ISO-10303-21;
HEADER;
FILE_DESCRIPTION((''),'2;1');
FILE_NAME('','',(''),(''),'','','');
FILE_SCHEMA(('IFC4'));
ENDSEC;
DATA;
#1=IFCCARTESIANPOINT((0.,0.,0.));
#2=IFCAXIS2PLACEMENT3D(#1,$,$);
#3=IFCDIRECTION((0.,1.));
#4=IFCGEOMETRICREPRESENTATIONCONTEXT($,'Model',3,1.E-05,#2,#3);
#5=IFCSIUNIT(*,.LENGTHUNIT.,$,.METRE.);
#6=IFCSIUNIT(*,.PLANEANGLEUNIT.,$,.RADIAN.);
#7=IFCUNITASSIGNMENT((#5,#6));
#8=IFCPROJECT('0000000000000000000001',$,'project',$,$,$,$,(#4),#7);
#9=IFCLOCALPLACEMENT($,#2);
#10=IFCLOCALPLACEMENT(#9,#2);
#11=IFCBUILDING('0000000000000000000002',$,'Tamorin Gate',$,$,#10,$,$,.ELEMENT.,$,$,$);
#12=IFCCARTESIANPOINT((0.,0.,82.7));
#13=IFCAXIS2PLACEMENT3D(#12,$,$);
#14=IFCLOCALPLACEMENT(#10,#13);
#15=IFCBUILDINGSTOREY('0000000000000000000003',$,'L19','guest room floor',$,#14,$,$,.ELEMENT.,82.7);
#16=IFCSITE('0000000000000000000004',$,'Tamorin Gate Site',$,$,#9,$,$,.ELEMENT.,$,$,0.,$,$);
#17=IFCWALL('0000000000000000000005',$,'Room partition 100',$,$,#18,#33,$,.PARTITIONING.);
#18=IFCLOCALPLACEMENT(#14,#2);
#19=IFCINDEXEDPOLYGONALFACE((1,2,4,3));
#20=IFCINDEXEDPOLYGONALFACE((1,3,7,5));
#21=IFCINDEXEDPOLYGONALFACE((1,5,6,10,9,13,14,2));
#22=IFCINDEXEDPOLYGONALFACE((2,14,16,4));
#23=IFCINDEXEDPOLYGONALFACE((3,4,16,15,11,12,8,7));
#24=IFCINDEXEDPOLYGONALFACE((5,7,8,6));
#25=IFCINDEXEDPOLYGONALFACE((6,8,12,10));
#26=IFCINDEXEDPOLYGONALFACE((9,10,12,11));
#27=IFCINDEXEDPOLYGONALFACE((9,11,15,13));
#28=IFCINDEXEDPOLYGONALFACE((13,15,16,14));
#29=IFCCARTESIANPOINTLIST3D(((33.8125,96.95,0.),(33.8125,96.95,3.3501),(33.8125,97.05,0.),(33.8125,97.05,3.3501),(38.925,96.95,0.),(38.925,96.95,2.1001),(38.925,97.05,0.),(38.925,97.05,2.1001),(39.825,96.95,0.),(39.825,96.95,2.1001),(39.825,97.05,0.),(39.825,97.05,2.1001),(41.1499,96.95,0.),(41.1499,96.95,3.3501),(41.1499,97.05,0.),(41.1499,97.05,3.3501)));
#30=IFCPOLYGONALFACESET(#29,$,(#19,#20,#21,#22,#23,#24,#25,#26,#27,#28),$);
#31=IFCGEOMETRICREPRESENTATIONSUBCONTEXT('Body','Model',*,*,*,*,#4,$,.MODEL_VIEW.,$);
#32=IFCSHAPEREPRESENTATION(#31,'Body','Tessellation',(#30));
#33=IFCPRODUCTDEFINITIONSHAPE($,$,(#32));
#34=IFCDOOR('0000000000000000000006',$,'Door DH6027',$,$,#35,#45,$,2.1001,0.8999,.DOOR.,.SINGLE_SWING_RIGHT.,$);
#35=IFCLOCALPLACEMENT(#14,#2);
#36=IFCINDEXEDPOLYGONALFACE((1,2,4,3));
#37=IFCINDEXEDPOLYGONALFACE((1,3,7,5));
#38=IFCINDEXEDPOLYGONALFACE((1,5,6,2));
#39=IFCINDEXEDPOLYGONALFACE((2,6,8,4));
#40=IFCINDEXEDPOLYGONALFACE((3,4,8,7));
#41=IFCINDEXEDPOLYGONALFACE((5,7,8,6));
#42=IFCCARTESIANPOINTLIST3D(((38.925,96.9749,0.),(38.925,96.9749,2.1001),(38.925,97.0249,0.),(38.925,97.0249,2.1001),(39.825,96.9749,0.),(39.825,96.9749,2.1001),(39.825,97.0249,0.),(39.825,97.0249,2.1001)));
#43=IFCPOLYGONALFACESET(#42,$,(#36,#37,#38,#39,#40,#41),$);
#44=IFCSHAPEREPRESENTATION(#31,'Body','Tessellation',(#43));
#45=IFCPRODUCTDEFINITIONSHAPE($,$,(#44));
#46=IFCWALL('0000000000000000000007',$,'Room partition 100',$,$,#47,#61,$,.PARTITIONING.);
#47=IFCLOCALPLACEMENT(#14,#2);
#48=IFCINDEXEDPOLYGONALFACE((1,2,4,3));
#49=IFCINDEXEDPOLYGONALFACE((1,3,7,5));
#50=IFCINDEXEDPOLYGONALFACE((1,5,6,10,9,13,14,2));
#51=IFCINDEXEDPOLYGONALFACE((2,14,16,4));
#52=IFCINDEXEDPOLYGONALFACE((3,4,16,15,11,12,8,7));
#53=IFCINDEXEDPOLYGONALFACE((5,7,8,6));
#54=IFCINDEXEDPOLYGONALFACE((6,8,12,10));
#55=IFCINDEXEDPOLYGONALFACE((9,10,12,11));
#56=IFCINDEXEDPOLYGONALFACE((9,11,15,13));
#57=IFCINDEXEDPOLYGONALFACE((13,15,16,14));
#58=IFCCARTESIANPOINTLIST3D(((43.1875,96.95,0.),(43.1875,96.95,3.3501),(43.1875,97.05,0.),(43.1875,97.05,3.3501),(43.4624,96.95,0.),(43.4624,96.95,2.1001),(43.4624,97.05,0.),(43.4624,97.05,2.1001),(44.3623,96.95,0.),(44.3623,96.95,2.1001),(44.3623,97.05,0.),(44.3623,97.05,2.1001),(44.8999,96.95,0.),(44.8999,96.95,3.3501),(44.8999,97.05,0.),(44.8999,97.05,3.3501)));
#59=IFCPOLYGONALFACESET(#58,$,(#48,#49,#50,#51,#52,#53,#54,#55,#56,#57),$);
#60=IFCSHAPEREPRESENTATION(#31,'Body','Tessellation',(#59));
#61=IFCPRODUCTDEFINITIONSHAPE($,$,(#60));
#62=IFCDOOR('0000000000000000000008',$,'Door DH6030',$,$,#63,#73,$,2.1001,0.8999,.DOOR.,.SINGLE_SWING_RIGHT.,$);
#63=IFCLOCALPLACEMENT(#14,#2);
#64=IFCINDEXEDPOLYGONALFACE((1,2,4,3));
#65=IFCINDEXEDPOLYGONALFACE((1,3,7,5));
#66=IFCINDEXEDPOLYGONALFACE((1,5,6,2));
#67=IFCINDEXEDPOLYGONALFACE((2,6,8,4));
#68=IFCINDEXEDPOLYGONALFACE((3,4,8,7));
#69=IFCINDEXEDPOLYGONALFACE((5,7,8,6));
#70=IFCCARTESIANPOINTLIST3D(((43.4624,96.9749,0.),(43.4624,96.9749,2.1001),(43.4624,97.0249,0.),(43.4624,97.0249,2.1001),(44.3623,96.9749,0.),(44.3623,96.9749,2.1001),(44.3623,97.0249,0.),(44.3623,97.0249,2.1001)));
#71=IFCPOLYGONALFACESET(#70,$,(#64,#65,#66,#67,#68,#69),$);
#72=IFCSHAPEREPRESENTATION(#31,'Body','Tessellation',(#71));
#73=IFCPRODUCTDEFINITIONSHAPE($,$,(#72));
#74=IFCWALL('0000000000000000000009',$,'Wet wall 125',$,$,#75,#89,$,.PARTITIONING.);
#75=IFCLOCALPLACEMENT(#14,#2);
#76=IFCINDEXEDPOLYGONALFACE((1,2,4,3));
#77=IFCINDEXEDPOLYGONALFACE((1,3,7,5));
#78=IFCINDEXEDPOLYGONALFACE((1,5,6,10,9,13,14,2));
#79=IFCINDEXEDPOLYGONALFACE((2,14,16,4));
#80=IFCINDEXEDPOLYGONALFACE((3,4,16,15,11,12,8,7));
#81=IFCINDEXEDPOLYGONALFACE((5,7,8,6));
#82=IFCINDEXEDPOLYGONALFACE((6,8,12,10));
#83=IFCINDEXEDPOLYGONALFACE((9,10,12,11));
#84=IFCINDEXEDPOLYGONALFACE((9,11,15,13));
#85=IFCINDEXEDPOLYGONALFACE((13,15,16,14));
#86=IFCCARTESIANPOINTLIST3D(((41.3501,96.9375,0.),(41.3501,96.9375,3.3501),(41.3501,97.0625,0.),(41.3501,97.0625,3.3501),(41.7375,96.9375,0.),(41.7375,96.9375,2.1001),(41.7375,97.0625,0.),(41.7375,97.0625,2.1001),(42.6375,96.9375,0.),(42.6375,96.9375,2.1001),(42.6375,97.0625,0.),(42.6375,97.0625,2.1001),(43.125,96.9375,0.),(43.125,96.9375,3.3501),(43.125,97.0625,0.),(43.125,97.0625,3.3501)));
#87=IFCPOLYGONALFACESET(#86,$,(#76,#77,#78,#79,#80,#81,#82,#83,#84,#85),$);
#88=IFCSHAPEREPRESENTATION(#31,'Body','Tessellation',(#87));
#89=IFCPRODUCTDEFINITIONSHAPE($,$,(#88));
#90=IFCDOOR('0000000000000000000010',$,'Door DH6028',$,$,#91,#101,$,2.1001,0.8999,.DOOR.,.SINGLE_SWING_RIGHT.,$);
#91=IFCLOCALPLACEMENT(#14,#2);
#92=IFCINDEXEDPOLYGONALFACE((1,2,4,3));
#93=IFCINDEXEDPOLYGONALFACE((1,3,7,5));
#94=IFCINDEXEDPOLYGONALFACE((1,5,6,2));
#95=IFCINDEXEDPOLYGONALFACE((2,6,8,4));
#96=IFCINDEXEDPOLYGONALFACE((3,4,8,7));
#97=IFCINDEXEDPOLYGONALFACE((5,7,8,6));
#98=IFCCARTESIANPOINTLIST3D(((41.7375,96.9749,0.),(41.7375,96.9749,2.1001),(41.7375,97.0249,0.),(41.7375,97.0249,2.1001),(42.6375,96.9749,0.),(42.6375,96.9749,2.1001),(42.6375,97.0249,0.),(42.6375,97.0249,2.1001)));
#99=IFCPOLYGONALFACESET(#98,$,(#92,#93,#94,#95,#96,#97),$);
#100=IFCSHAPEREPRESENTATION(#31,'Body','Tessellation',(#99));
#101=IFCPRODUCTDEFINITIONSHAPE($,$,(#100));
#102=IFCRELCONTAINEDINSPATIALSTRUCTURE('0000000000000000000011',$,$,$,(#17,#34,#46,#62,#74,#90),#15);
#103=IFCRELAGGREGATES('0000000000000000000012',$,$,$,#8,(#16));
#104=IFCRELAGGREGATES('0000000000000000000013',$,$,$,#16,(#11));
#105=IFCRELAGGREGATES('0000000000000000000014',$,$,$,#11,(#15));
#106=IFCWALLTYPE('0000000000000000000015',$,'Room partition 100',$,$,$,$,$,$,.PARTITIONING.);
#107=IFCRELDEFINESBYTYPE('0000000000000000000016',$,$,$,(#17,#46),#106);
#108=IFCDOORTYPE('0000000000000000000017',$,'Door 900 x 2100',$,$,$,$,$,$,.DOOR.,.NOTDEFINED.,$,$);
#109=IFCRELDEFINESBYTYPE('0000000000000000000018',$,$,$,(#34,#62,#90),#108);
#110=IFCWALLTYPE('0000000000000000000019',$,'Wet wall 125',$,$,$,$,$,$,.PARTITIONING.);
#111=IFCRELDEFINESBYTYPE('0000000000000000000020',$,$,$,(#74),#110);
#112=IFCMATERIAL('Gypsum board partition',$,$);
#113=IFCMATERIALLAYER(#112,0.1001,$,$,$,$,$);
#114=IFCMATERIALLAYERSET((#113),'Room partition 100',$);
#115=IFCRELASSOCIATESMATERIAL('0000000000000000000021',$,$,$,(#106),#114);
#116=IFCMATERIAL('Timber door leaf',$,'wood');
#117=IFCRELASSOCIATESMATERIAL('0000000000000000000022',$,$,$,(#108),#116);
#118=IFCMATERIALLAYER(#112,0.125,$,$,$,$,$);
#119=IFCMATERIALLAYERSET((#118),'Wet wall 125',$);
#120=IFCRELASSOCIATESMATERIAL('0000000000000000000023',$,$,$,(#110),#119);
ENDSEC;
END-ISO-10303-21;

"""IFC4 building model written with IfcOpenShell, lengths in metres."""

from ifc_helpers import new_model, si_unit, direction, frame, frame_2d, origin, place, context, subcontext, project, spatial, rectangle, extrude, material, layer, layer_set, type_object, element, fill, save


model = new_model("IFC4")

# Units and contexts
model_context = context("Model", 3, precision=1e-05, world=origin(), true_north=direction((0.0, 1.0)))
body_context = subcontext(model_context, "Body", "Model", "MODEL_VIEW")
ifc_project = project(units=[si_unit("LENGTHUNIT", "METRE"), si_unit("PLANEANGLEUNIT", "RADIAN")], contexts=[model_context])

# Site, building, storey
site_placement = place(None, origin())
site = spatial("IfcSite", under=ifc_project, at=site_placement, Name="Tamorin Gate Site", CompositionType="ELEMENT", RefElevation=0.0)
building_placement = place(site_placement, origin())
building = spatial("IfcBuilding", under=site, at=building_placement, Name="Tamorin Gate", CompositionType="ELEMENT")
storey_placement = place(building_placement, frame((0.0, 0.0, 82.7)))
storey = spatial("IfcBuildingStorey", under=building, at=storey_placement, Name="L19", Description="guest room floor", CompositionType="ELEMENT", Elevation=82.7)

# Walls, openings, doors
ifc_material_1 = material(Name="Gypsum board partition")
ifc_layer_1 = layer(ifc_material_1, 0.1001)
ifc_layer_set_1 = layer_set([ifc_layer_1], Name="Room partition 100")
wall_type_1 = type_object("IfcWallType", Name="Room partition 100", PredefinedType="PARTITIONING", material=ifc_layer_set_1)
wall_1_placement = place(storey_placement, frame((33.8125, 97.0, 0.0), z_axis=(0.0, 0.0, 1.0), x_axis=(1.0, 0.0, 0.0)))
wall_1 = element("IfcWall", 1, at=wall_1_placement, inside=storey, type_object=wall_type_1, Name="Room partition 100", PredefinedType="PARTITIONING", context=body_context, shape_type="SweptSolid", body=[
    extrude(rectangle(XDim=7.3374, YDim=0.1001, at=frame_2d((3.6687, 0.0))), origin(), (0.0, 0.0, 1.0), 3.3501),
])
opening_1_placement = place(wall_1_placement, frame((5.1125, 0.0, 0.0)))
opening_1 = element("IfcOpeningElement", 2, at=opening_1_placement, cuts=wall_1, PredefinedType="OPENING", context=body_context, shape_type="SweptSolid", body=[
    extrude(rectangle(XDim=0.8999, YDim=2.1001, at=frame_2d((0.45, 1.05))), frame((0.0, 0.0601, 0.0), z_axis=(0.0, -1.0, 0.0), x_axis=(1.0, 0.0, 0.0)), (0.0, 0.0, 1.0), 0.1201),
])
ifc_material_2 = material(Name="Timber door leaf", Category="wood")
door_type = type_object("IfcDoorType", Name="Door 900 x 2100", OperationType="NOTDEFINED", PredefinedType="DOOR", material=ifc_material_2)
door_1_placement = place(opening_1_placement, origin())
door_1 = element("IfcDoor", 3, at=door_1_placement, inside=storey, type_object=door_type, Name="Door DH6027", OperationType="SINGLE_SWING_RIGHT", OverallHeight=2.1001, OverallWidth=0.8999, PredefinedType="DOOR", context=body_context, shape_type="SweptSolid", body=[
    extrude(rectangle(XDim=0.8999, YDim=2.1001, at=frame_2d((0.45, 1.05))), frame((0.0, 0.0249, 0.0), z_axis=(0.0, -1.0, 0.0), x_axis=(1.0, 0.0, 0.0)), (0.0, 0.0, 1.0), 0.05),
])
fill(opening_1, door_1)
wall_2_placement = place(storey_placement, frame((43.1875, 97.0, 0.0), z_axis=(0.0, 0.0, 1.0), x_axis=(1.0, 0.0, 0.0)))
wall_2 = element("IfcWall", 4, at=wall_2_placement, inside=storey, type_object=wall_type_1, Name="Room partition 100", PredefinedType="PARTITIONING", context=body_context, shape_type="SweptSolid", body=[
    extrude(rectangle(XDim=1.7124, YDim=0.1001, at=frame_2d((0.8562, 0.0))), origin(), (0.0, 0.0, 1.0), 3.3501),
])
opening_2_placement = place(wall_2_placement, frame((0.2749, 0.0, 0.0)))
opening_2 = element("IfcOpeningElement", 5, at=opening_2_placement, cuts=wall_2, PredefinedType="OPENING", context=body_context, shape_type="SweptSolid", body=[
    extrude(rectangle(XDim=0.8999, YDim=2.1001, at=frame_2d((0.45, 1.05))), frame((0.0, 0.0601, 0.0), z_axis=(0.0, -1.0, 0.0), x_axis=(1.0, 0.0, 0.0)), (0.0, 0.0, 1.0), 0.1201),
])
door_2_placement = place(opening_2_placement, origin())
door_2 = element("IfcDoor", 6, at=door_2_placement, inside=storey, type_object=door_type, Name="Door DH6030", OperationType="SINGLE_SWING_RIGHT", OverallHeight=2.1001, OverallWidth=0.8999, PredefinedType="DOOR", context=body_context, shape_type="SweptSolid", body=[
    extrude(rectangle(XDim=0.8999, YDim=2.1001, at=frame_2d((0.45, 1.05))), frame((0.0, 0.0249, 0.0), z_axis=(0.0, -1.0, 0.0), x_axis=(1.0, 0.0, 0.0)), (0.0, 0.0, 1.0), 0.05),
])
fill(opening_2, door_2)
ifc_layer_2 = layer(ifc_material_1, 0.125)
ifc_layer_set_2 = layer_set([ifc_layer_2], Name="Wet wall 125")
wall_type_2 = type_object("IfcWallType", Name="Wet wall 125", PredefinedType="PARTITIONING", material=ifc_layer_set_2)
wall_3_placement = place(storey_placement, frame((41.3501, 97.0, 0.0), z_axis=(0.0, 0.0, 1.0), x_axis=(1.0, 0.0, 0.0)))
wall_3 = element("IfcWall", 7, at=wall_3_placement, inside=storey, type_object=wall_type_2, Name="Wet wall 125", PredefinedType="PARTITIONING", context=body_context, shape_type="SweptSolid", body=[
    extrude(rectangle(XDim=1.7749, YDim=0.125, at=frame_2d((0.8875, 0.0))), origin(), (0.0, 0.0, 1.0), 3.3501),
])
opening_3_placement = place(wall_3_placement, frame((0.3875, 0.0, 0.0)))
opening_3 = element("IfcOpeningElement", 8, at=opening_3_placement, cuts=wall_3, PredefinedType="OPENING", context=body_context, shape_type="SweptSolid", body=[
    extrude(rectangle(XDim=0.8999, YDim=2.1001, at=frame_2d((0.45, 1.05))), frame((0.0, 0.0725, 0.0), z_axis=(0.0, -1.0, 0.0), x_axis=(1.0, 0.0, 0.0)), (0.0, 0.0, 1.0), 0.145),
])
door_3_placement = place(opening_3_placement, origin())
door_3 = element("IfcDoor", 9, at=door_3_placement, inside=storey, type_object=door_type, Name="Door DH6028", OperationType="SINGLE_SWING_RIGHT", OverallHeight=2.1001, OverallWidth=0.8999, PredefinedType="DOOR", context=body_context, shape_type="SweptSolid", body=[
    extrude(rectangle(XDim=0.8999, YDim=2.1001, at=frame_2d((0.45, 1.05))), frame((0.0, 0.0249, 0.0), z_axis=(0.0, -1.0, 0.0), x_axis=(1.0, 0.0, 0.0)), (0.0, 0.0, 1.0), 0.05),
])
fill(opening_3, door_3)

save(model, "model.ifc")
